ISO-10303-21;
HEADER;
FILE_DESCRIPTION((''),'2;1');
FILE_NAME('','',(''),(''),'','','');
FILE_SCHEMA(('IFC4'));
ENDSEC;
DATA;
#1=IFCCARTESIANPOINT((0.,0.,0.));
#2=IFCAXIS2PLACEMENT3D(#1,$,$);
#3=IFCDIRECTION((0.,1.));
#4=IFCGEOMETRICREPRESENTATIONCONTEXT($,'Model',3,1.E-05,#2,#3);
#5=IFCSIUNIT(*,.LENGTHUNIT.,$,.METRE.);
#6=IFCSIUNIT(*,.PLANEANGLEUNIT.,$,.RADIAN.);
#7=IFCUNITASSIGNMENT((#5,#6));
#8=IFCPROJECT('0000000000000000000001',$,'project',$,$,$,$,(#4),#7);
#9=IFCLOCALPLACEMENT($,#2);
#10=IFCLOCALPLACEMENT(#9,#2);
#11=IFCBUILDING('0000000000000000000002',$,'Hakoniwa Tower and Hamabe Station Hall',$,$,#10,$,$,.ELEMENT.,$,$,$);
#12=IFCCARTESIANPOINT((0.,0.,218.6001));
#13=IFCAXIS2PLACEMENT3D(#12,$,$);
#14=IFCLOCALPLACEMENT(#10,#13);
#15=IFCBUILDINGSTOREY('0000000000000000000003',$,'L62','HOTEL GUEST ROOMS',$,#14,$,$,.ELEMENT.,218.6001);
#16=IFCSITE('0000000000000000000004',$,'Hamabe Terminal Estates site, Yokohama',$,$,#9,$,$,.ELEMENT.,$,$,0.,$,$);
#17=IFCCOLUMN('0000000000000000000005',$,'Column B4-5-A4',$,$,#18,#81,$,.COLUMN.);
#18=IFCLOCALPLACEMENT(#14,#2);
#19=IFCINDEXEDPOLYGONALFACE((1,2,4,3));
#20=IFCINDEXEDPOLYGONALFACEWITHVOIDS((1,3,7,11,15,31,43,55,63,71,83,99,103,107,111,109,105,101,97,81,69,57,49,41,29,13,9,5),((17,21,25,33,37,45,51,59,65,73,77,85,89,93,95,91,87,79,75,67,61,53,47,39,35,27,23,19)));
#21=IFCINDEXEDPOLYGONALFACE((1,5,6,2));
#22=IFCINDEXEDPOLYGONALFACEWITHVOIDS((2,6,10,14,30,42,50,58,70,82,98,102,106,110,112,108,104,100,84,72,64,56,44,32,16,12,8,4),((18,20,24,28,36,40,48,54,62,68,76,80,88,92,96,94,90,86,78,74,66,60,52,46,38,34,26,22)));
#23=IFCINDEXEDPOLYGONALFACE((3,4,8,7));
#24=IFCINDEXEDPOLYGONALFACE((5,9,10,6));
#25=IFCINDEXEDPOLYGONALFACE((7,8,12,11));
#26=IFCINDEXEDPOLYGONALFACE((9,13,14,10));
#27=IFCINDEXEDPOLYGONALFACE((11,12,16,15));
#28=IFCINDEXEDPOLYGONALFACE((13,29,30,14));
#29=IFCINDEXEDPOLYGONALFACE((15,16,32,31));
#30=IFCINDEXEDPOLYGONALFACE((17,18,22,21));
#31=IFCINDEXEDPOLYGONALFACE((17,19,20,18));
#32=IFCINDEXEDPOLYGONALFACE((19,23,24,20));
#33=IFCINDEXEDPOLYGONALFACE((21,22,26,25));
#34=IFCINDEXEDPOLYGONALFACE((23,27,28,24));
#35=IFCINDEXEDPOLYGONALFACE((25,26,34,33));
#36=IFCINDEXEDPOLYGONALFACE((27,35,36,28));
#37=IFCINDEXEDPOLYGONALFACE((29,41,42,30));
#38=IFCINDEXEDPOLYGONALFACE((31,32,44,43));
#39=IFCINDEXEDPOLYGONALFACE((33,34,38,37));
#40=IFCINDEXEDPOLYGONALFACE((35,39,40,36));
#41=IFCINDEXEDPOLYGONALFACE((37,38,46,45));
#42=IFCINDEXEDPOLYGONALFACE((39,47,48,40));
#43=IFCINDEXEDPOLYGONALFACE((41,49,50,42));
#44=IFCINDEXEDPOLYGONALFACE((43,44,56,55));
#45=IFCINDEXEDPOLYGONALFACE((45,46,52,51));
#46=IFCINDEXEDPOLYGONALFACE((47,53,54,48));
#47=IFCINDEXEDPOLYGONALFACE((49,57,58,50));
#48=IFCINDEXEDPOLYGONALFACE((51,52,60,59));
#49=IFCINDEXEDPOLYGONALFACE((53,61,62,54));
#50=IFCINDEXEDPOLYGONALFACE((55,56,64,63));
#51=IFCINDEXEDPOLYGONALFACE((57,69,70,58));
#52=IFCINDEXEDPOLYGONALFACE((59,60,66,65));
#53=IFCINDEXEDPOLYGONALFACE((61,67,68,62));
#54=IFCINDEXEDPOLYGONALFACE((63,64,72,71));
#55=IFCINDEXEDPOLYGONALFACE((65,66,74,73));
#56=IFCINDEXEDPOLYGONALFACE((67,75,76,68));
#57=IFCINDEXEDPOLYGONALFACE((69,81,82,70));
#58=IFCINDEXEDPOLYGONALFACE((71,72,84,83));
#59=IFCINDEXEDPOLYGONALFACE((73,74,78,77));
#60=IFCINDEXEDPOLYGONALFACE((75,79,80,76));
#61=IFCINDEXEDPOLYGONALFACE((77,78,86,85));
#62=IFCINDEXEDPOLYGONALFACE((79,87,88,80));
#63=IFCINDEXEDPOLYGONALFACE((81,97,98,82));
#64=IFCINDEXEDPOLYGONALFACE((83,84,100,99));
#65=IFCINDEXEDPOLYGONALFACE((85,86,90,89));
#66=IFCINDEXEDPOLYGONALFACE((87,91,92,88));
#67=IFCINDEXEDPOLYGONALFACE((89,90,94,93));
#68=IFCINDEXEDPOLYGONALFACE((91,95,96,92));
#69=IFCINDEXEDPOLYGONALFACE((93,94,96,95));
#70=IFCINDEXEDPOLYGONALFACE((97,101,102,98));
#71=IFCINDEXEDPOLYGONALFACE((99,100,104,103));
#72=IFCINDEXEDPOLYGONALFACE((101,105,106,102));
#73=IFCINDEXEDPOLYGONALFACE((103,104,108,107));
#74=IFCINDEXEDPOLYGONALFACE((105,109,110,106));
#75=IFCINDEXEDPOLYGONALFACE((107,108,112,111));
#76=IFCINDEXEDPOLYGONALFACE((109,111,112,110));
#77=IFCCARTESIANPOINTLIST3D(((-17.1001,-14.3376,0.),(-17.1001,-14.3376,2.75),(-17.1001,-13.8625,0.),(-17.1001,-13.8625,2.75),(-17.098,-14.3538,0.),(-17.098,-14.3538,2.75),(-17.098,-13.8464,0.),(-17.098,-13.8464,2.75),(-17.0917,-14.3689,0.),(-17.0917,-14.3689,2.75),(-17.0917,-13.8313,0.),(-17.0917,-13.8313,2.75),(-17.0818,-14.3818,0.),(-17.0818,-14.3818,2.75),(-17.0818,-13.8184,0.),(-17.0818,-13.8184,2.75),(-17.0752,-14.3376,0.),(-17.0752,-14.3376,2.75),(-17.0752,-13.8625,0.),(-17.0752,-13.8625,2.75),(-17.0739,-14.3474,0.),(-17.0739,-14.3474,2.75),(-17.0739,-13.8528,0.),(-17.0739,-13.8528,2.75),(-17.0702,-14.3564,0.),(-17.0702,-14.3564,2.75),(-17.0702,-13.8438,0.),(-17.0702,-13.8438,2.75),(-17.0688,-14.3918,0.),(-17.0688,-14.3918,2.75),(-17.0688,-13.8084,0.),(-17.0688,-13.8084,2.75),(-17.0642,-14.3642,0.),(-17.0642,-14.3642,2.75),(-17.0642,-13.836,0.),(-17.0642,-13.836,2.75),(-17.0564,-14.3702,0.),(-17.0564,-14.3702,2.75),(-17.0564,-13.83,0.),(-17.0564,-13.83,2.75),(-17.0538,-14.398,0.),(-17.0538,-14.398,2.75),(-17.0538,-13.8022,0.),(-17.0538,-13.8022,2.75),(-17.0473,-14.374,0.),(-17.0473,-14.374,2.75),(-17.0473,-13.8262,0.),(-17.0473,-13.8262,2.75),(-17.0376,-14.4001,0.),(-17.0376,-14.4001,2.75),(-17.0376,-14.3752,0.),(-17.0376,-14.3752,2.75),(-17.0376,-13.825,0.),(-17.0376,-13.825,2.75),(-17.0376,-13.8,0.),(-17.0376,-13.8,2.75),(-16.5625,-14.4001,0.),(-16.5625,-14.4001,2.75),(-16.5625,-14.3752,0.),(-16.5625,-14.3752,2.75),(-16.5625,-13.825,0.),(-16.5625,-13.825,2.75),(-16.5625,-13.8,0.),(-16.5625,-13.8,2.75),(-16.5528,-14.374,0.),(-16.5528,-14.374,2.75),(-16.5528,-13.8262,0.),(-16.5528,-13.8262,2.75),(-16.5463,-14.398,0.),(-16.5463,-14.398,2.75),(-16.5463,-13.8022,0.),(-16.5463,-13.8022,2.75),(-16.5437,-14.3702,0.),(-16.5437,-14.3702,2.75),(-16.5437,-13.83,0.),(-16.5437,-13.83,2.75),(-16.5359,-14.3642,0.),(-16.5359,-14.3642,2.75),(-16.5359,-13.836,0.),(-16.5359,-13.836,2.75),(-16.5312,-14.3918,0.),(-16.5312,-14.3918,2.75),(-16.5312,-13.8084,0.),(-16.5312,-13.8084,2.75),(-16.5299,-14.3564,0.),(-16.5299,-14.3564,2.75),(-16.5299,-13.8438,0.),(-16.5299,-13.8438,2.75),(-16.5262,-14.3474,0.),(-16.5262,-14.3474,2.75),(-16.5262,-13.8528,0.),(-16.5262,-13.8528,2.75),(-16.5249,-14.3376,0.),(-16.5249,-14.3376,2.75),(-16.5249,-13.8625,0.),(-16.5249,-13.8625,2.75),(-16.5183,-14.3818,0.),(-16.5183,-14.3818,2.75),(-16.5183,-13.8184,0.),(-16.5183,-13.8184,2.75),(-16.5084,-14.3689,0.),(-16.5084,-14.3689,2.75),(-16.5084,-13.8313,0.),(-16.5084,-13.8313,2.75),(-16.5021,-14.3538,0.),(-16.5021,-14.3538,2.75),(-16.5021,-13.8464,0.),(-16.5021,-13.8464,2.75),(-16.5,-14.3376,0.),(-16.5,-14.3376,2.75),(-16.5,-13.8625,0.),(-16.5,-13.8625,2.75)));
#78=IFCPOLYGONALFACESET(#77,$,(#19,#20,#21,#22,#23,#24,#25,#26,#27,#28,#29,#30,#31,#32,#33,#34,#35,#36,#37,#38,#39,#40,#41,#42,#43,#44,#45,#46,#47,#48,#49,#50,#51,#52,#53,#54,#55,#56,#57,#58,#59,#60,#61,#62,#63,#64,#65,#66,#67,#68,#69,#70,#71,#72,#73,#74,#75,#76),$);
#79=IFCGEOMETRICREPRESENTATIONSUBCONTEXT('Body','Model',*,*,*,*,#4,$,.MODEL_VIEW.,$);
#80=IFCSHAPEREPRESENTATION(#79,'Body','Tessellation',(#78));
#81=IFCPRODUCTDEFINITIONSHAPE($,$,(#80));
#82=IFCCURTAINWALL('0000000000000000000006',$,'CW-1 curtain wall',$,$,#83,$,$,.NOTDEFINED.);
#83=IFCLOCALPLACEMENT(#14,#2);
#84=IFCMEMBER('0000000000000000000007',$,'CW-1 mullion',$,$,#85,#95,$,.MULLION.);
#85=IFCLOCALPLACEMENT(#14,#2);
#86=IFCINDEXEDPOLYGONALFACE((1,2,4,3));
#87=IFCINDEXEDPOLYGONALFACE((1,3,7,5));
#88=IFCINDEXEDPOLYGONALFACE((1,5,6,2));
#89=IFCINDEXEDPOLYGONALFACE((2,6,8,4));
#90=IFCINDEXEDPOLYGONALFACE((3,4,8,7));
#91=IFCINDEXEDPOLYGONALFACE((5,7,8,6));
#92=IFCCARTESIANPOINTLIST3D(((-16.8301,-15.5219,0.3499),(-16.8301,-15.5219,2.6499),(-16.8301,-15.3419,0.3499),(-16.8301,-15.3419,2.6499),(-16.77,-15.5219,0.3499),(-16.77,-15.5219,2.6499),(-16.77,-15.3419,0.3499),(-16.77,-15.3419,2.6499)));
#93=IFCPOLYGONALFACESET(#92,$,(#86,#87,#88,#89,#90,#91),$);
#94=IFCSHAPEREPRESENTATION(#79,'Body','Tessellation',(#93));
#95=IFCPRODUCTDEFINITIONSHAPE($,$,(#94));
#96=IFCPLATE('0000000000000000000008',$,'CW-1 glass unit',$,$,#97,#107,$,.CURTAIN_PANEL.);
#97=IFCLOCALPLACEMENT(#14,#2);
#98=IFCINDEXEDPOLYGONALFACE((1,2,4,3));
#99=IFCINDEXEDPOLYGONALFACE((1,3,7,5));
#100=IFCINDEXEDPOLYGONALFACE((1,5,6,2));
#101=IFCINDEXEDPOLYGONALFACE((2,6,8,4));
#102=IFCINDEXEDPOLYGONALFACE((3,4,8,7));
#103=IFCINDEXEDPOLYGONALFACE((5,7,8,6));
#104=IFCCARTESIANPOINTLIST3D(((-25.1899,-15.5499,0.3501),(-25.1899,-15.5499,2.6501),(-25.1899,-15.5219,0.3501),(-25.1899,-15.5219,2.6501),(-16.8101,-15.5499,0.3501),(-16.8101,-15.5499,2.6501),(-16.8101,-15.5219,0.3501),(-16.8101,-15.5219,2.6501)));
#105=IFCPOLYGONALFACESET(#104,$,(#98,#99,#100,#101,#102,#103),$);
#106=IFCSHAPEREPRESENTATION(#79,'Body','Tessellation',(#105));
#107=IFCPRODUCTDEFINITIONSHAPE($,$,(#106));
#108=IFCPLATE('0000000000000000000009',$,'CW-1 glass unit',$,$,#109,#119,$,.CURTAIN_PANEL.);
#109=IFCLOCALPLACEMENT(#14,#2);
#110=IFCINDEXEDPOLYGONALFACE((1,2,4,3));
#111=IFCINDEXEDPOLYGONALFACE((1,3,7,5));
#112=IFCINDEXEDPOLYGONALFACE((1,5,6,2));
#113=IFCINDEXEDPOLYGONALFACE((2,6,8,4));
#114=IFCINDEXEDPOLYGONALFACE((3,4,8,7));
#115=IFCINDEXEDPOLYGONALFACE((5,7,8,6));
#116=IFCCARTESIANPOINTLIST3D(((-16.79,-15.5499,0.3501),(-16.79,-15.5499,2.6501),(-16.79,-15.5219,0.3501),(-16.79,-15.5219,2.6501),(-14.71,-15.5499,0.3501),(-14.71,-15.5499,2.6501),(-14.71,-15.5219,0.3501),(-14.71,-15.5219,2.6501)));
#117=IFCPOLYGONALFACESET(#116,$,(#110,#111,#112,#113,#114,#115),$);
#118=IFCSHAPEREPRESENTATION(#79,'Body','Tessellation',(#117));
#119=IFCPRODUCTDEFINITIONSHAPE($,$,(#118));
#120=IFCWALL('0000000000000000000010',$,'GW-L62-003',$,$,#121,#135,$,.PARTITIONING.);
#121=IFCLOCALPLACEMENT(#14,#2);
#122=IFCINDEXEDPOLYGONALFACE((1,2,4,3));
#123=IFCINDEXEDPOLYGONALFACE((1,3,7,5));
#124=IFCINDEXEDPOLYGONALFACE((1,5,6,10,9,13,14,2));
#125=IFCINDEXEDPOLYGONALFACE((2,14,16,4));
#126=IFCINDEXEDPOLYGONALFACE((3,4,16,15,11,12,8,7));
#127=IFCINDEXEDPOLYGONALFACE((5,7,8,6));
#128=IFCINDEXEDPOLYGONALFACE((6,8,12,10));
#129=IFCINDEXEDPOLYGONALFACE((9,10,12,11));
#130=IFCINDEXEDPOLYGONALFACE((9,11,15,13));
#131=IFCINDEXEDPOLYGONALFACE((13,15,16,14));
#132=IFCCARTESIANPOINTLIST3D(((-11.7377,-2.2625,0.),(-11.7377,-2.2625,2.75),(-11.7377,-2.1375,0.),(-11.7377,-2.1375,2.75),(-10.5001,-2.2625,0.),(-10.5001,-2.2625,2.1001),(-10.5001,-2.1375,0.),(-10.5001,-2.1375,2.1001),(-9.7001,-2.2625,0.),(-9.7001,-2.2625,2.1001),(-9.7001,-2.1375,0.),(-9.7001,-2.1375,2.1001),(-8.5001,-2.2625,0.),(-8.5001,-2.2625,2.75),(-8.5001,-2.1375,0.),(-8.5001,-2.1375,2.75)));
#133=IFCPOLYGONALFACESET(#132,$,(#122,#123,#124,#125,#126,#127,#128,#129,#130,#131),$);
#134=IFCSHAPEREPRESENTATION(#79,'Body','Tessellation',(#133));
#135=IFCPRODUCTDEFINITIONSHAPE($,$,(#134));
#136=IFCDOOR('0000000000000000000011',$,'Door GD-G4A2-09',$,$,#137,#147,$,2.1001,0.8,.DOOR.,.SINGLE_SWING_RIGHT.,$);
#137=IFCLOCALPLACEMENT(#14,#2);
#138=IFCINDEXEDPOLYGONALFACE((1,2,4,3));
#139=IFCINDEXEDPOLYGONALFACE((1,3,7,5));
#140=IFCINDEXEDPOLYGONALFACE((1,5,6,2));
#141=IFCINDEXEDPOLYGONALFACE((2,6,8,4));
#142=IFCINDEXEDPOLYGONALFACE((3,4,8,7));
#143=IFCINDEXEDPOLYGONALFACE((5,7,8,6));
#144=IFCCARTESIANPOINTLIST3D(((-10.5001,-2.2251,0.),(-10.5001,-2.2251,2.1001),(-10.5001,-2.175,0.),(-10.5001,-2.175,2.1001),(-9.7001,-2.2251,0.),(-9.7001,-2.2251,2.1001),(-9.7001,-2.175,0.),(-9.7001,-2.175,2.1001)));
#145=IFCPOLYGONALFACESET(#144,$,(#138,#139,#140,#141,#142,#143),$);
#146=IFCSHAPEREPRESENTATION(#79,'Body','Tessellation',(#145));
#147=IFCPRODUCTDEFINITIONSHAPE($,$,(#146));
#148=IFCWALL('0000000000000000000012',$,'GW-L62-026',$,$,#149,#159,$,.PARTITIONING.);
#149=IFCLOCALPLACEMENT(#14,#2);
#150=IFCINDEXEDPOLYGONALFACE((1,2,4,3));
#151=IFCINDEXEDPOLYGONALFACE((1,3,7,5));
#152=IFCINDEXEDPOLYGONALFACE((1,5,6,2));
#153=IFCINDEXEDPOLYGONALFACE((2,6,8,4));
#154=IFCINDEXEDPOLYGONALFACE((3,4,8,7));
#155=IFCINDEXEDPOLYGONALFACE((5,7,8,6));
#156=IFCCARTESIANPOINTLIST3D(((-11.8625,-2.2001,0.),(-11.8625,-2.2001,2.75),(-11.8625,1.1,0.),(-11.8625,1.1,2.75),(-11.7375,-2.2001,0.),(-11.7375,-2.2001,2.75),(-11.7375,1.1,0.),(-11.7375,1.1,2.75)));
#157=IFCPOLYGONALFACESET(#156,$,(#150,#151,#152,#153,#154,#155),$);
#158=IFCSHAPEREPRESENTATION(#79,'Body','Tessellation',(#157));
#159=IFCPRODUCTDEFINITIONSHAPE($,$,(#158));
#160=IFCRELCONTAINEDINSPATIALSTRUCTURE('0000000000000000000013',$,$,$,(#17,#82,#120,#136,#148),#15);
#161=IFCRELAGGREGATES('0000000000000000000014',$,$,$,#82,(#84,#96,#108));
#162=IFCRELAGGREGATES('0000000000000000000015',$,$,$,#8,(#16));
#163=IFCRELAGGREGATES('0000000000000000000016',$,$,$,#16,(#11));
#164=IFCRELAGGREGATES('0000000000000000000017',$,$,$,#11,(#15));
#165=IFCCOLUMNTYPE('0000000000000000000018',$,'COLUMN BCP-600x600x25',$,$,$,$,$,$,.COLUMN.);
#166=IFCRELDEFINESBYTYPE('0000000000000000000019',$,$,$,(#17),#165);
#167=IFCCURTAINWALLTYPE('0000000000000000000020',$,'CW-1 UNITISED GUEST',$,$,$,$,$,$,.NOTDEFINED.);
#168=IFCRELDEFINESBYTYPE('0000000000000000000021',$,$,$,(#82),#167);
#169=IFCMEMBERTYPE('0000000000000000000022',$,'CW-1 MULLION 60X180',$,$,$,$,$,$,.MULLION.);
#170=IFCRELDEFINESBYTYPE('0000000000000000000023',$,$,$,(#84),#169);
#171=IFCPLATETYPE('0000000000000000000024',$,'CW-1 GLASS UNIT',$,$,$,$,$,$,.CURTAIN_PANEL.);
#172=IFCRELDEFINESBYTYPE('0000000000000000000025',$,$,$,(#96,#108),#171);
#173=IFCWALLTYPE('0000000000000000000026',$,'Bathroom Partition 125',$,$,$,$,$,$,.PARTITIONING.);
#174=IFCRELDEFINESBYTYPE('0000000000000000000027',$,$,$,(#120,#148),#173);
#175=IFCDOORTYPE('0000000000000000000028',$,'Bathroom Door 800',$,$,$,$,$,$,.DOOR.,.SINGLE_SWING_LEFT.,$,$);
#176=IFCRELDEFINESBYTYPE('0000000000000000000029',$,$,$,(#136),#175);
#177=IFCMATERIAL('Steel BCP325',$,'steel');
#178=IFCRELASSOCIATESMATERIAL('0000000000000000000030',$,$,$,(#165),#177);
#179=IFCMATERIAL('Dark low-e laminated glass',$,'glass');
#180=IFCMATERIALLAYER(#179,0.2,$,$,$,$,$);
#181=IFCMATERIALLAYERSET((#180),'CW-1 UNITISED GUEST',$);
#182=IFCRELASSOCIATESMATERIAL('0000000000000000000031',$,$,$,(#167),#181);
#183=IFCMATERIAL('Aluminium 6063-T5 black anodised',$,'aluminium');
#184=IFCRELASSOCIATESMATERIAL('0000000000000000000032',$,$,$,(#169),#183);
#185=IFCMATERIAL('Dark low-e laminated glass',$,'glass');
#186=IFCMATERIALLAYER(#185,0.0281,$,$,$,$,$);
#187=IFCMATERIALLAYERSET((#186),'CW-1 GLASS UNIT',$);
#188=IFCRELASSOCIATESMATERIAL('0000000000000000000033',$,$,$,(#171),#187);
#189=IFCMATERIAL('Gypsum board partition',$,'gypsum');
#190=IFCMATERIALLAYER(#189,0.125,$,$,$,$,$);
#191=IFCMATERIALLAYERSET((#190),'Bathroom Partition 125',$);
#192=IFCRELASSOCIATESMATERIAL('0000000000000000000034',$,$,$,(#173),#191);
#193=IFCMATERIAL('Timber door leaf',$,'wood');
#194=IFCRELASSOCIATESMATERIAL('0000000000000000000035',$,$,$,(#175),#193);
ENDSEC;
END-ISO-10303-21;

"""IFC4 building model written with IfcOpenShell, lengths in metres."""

from ifc_helpers import new_model, si_unit, direction, frame, frame_2d, origin, origin_2d, place, context, subcontext, project, spatial, rectangle, hollow_rectangle, extrude, material, layer, layer_set, material_profile, profile_set, type_object, element, fill, aggregate, save


model = new_model("IFC4")

# Units and contexts
model_context = context("Model", 3, precision=1e-05, world=origin(), true_north=direction((0.0, 1.0)))
body_context = subcontext(model_context, "Body", "Model", "MODEL_VIEW")
ifc_project = project(units=[si_unit("LENGTHUNIT", "METRE"), si_unit("PLANEANGLEUNIT", "RADIAN")], contexts=[model_context])

# Site, building, storey
site_placement = place(None, origin())
site = spatial("IfcSite", under=ifc_project, at=site_placement, Name="Hamabe Terminal Estates site, Yokohama", CompositionType="ELEMENT", RefElevation=0.0)
building_placement = place(site_placement, origin())
building = spatial("IfcBuilding", under=site, at=building_placement, Name="Hakoniwa Tower and Hamabe Station Hall", CompositionType="ELEMENT")
storey_placement = place(building_placement, frame((0.0, 0.0, 218.6001)))
storey = spatial("IfcBuildingStorey", under=building, at=storey_placement, Name="L62", Description="HOTEL GUEST ROOMS", CompositionType="ELEMENT", Elevation=218.6001)

# Column
ifc_material_1 = material(Name="Steel BCP325", Category="steel")
ifc_material_profile_1 = material_profile(ifc_material_1, hollow_rectangle(XDim=0.6001, YDim=0.6001, WallThickness=0.0249, InnerFilletRadius=0.0376, OuterFilletRadius=0.0625, at=origin_2d()), Name="BCP-600x600x25")
ifc_profile_set_1 = profile_set([ifc_material_profile_1], Name="Steel BCP325")
column_type = type_object("IfcColumnType", Name="COLUMN BCP-600x600x25", PredefinedType="COLUMN", material=ifc_profile_set_1)
column_placement = place(storey_placement, frame((-16.8, -14.1001, 0.0), z_axis=(0.0, 0.0, 1.0), x_axis=(1.0, 0.0, 0.0)))
element("IfcColumn", 1, at=column_placement, inside=storey, type_object=column_type, Name="Column B4-5-A4", PredefinedType="COLUMN", context=body_context, shape_type="SweptSolid", body=[
    extrude(hollow_rectangle(XDim=0.6001, YDim=0.6001, WallThickness=0.0249, InnerFilletRadius=0.0376, OuterFilletRadius=0.0625, at=origin_2d()), origin(), (0.0, 0.0, 1.0), 2.75),
])

# Curtain wall, member, plates
ifc_material_2 = material(Name="Dark low-e laminated glass", Category="glass")
ifc_layer_1 = layer(ifc_material_2, 0.2)
ifc_layer_set_1 = layer_set([ifc_layer_1], Name="CW-1 UNITISED GUEST")
curtain_wall_type = type_object("IfcCurtainWallType", Name="CW-1 UNITISED GUEST", PredefinedType="NOTDEFINED", material=ifc_layer_set_1)
curtain_wall_placement = place(storey_placement, origin())
curtain_wall = element("IfcCurtainWall", 2, at=curtain_wall_placement, inside=storey, type_object=curtain_wall_type, Name="CW-1 curtain wall", PredefinedType="NOTDEFINED")
ifc_material_3 = material(Name="Aluminium 6063-T5 black anodised", Category="aluminium")
ifc_material_profile_2 = material_profile(ifc_material_3, rectangle(XDim=0.0601, YDim=0.1799, at=origin_2d()), Name="CW-1 MULLION 60X180")
ifc_profile_set_2 = profile_set([ifc_material_profile_2], Name="Aluminium 6063-T5 black anodised")
member_type = type_object("IfcMemberType", Name="CW-1 MULLION 60X180", PredefinedType="MULLION", material=ifc_profile_set_2)
member_placement = place(storey_placement, frame((-16.8, -15.4319, 0.3499), z_axis=(0.0, 0.0, 1.0), x_axis=(1.0, 0.0, 0.0)))
member = element("IfcMember", 3, at=member_placement, type_object=member_type, Name="CW-1 mullion", PredefinedType="MULLION", context=body_context, shape_type="SweptSolid", body=[
    extrude(rectangle(XDim=0.0601, YDim=0.1799, at=origin_2d()), origin(), (0.0, 0.0, 1.0), 2.3),
])
ifc_material_4 = material(Name="Dark low-e laminated glass", Category="glass")
ifc_layer_2 = layer(ifc_material_4, 0.0281)
ifc_layer_set_2 = layer_set([ifc_layer_2], Name="CW-1 GLASS UNIT")
plate_type = type_object("IfcPlateType", Name="CW-1 GLASS UNIT", PredefinedType="CURTAIN_PANEL", material=ifc_layer_set_2)
plate_1_placement = place(storey_placement, frame((-21.0, -15.5359, 0.3501), z_axis=(0.0, 0.0, 1.0), x_axis=(1.0, 0.0, 0.0)))
plate_1 = element("IfcPlate", 4, at=plate_1_placement, type_object=plate_type, Name="CW-1 glass unit", PredefinedType="CURTAIN_PANEL", context=body_context, shape_type="SweptSolid", body=[
    extrude(rectangle(XDim=8.3799, YDim=0.0281, at=origin_2d()), origin(), (0.0, 0.0, 1.0), 2.3),
])
plate_2_placement = place(storey_placement, frame((-15.75, -15.5359, 0.3501), z_axis=(0.0, 0.0, 1.0), x_axis=(1.0, 0.0, 0.0)))
plate_2 = element("IfcPlate", 5, at=plate_2_placement, type_object=plate_type, Name="CW-1 glass unit", PredefinedType="CURTAIN_PANEL", context=body_context, shape_type="SweptSolid", body=[
    extrude(rectangle(XDim=2.0801, YDim=0.0281, at=origin_2d()), origin(), (0.0, 0.0, 1.0), 2.3),
])

# Wall, opening, door
ifc_material_5 = material(Name="Gypsum board partition", Category="gypsum")
ifc_layer_3 = layer(ifc_material_5, 0.125)
ifc_layer_set_3 = layer_set([ifc_layer_3], Name="Bathroom Partition 125")
wall_type_1 = type_object("IfcWallType", Name="Bathroom Partition 125", PredefinedType="PARTITIONING", material=ifc_layer_set_3)
wall_1_placement = place(storey_placement, frame((-11.7375, -2.2, 0.0), z_axis=(0.0, 0.0, 1.0), x_axis=(1.0, 0.0, 0.0)))
wall_1 = element("IfcWall", 6, at=wall_1_placement, inside=storey, type_object=wall_type_1, Name="GW-L62-003", PredefinedType="PARTITIONING", context=body_context, shape_type="SweptSolid", body=[
    extrude(rectangle(XDim=3.2375, YDim=0.125, at=frame_2d((1.6187, 0.0))), origin(), (0.0, 0.0, 1.0), 2.75),
])
opening_1_placement = place(wall_1_placement, frame((1.2375, 0.0, 0.0)))
opening_1 = element("IfcOpeningElement", 7, at=opening_1_placement, cuts=wall_1, PredefinedType="OPENING", context=body_context, shape_type="SweptSolid", body=[
    extrude(rectangle(XDim=0.8, YDim=2.1001, at=frame_2d((0.3999, 1.05))), frame((0.0, 0.0725, 0.0), z_axis=(0.0, -1.0, 0.0), x_axis=(1.0, 0.0, 0.0)), (0.0, 0.0, 1.0), 0.145),
])
ifc_material_6 = material(Name="Timber door leaf", Category="wood")
door_type_1 = type_object("IfcDoorType", Name="Bathroom Door 800", OperationType="SINGLE_SWING_LEFT", PredefinedType="DOOR", material=ifc_material_6)
door_1_placement = place(opening_1_placement, origin())
door_1 = element("IfcDoor", 8, at=door_1_placement, inside=storey, type_object=door_type_1, Name="Door GD-G4A2-09", OperationType="SINGLE_SWING_RIGHT", OverallHeight=2.1001, OverallWidth=0.8, PredefinedType="DOOR", context=body_context, shape_type="SweptSolid", body=[
    extrude(rectangle(XDim=0.8, YDim=2.1001, at=frame_2d((0.3999, 1.05))), frame((0.0, 0.0249, 0.0), z_axis=(0.0, -1.0, 0.0), x_axis=(1.0, 0.0, 0.0)), (0.0, 0.0, 1.0), 0.05),
])
fill(opening_1, door_1)

# Wall
wall_2_placement = place(storey_placement, frame((-11.8, -2.2, 0.0), z_axis=(0.0, 0.0, 1.0), x_axis=(0.0, 1.0, 0.0)))
element("IfcWall", 9, at=wall_2_placement, inside=storey, type_object=wall_type_1, Name="GW-L62-026", PredefinedType="PARTITIONING", context=body_context, shape_type="SweptSolid", body=[
    extrude(rectangle(XDim=3.3, YDim=0.125, at=frame_2d((1.6499, 0.0))), origin(), (0.0, 0.0, 1.0), 2.75),
])

aggregate(curtain_wall, [member, plate_1, plate_2])

save(model, "model.ifc")
